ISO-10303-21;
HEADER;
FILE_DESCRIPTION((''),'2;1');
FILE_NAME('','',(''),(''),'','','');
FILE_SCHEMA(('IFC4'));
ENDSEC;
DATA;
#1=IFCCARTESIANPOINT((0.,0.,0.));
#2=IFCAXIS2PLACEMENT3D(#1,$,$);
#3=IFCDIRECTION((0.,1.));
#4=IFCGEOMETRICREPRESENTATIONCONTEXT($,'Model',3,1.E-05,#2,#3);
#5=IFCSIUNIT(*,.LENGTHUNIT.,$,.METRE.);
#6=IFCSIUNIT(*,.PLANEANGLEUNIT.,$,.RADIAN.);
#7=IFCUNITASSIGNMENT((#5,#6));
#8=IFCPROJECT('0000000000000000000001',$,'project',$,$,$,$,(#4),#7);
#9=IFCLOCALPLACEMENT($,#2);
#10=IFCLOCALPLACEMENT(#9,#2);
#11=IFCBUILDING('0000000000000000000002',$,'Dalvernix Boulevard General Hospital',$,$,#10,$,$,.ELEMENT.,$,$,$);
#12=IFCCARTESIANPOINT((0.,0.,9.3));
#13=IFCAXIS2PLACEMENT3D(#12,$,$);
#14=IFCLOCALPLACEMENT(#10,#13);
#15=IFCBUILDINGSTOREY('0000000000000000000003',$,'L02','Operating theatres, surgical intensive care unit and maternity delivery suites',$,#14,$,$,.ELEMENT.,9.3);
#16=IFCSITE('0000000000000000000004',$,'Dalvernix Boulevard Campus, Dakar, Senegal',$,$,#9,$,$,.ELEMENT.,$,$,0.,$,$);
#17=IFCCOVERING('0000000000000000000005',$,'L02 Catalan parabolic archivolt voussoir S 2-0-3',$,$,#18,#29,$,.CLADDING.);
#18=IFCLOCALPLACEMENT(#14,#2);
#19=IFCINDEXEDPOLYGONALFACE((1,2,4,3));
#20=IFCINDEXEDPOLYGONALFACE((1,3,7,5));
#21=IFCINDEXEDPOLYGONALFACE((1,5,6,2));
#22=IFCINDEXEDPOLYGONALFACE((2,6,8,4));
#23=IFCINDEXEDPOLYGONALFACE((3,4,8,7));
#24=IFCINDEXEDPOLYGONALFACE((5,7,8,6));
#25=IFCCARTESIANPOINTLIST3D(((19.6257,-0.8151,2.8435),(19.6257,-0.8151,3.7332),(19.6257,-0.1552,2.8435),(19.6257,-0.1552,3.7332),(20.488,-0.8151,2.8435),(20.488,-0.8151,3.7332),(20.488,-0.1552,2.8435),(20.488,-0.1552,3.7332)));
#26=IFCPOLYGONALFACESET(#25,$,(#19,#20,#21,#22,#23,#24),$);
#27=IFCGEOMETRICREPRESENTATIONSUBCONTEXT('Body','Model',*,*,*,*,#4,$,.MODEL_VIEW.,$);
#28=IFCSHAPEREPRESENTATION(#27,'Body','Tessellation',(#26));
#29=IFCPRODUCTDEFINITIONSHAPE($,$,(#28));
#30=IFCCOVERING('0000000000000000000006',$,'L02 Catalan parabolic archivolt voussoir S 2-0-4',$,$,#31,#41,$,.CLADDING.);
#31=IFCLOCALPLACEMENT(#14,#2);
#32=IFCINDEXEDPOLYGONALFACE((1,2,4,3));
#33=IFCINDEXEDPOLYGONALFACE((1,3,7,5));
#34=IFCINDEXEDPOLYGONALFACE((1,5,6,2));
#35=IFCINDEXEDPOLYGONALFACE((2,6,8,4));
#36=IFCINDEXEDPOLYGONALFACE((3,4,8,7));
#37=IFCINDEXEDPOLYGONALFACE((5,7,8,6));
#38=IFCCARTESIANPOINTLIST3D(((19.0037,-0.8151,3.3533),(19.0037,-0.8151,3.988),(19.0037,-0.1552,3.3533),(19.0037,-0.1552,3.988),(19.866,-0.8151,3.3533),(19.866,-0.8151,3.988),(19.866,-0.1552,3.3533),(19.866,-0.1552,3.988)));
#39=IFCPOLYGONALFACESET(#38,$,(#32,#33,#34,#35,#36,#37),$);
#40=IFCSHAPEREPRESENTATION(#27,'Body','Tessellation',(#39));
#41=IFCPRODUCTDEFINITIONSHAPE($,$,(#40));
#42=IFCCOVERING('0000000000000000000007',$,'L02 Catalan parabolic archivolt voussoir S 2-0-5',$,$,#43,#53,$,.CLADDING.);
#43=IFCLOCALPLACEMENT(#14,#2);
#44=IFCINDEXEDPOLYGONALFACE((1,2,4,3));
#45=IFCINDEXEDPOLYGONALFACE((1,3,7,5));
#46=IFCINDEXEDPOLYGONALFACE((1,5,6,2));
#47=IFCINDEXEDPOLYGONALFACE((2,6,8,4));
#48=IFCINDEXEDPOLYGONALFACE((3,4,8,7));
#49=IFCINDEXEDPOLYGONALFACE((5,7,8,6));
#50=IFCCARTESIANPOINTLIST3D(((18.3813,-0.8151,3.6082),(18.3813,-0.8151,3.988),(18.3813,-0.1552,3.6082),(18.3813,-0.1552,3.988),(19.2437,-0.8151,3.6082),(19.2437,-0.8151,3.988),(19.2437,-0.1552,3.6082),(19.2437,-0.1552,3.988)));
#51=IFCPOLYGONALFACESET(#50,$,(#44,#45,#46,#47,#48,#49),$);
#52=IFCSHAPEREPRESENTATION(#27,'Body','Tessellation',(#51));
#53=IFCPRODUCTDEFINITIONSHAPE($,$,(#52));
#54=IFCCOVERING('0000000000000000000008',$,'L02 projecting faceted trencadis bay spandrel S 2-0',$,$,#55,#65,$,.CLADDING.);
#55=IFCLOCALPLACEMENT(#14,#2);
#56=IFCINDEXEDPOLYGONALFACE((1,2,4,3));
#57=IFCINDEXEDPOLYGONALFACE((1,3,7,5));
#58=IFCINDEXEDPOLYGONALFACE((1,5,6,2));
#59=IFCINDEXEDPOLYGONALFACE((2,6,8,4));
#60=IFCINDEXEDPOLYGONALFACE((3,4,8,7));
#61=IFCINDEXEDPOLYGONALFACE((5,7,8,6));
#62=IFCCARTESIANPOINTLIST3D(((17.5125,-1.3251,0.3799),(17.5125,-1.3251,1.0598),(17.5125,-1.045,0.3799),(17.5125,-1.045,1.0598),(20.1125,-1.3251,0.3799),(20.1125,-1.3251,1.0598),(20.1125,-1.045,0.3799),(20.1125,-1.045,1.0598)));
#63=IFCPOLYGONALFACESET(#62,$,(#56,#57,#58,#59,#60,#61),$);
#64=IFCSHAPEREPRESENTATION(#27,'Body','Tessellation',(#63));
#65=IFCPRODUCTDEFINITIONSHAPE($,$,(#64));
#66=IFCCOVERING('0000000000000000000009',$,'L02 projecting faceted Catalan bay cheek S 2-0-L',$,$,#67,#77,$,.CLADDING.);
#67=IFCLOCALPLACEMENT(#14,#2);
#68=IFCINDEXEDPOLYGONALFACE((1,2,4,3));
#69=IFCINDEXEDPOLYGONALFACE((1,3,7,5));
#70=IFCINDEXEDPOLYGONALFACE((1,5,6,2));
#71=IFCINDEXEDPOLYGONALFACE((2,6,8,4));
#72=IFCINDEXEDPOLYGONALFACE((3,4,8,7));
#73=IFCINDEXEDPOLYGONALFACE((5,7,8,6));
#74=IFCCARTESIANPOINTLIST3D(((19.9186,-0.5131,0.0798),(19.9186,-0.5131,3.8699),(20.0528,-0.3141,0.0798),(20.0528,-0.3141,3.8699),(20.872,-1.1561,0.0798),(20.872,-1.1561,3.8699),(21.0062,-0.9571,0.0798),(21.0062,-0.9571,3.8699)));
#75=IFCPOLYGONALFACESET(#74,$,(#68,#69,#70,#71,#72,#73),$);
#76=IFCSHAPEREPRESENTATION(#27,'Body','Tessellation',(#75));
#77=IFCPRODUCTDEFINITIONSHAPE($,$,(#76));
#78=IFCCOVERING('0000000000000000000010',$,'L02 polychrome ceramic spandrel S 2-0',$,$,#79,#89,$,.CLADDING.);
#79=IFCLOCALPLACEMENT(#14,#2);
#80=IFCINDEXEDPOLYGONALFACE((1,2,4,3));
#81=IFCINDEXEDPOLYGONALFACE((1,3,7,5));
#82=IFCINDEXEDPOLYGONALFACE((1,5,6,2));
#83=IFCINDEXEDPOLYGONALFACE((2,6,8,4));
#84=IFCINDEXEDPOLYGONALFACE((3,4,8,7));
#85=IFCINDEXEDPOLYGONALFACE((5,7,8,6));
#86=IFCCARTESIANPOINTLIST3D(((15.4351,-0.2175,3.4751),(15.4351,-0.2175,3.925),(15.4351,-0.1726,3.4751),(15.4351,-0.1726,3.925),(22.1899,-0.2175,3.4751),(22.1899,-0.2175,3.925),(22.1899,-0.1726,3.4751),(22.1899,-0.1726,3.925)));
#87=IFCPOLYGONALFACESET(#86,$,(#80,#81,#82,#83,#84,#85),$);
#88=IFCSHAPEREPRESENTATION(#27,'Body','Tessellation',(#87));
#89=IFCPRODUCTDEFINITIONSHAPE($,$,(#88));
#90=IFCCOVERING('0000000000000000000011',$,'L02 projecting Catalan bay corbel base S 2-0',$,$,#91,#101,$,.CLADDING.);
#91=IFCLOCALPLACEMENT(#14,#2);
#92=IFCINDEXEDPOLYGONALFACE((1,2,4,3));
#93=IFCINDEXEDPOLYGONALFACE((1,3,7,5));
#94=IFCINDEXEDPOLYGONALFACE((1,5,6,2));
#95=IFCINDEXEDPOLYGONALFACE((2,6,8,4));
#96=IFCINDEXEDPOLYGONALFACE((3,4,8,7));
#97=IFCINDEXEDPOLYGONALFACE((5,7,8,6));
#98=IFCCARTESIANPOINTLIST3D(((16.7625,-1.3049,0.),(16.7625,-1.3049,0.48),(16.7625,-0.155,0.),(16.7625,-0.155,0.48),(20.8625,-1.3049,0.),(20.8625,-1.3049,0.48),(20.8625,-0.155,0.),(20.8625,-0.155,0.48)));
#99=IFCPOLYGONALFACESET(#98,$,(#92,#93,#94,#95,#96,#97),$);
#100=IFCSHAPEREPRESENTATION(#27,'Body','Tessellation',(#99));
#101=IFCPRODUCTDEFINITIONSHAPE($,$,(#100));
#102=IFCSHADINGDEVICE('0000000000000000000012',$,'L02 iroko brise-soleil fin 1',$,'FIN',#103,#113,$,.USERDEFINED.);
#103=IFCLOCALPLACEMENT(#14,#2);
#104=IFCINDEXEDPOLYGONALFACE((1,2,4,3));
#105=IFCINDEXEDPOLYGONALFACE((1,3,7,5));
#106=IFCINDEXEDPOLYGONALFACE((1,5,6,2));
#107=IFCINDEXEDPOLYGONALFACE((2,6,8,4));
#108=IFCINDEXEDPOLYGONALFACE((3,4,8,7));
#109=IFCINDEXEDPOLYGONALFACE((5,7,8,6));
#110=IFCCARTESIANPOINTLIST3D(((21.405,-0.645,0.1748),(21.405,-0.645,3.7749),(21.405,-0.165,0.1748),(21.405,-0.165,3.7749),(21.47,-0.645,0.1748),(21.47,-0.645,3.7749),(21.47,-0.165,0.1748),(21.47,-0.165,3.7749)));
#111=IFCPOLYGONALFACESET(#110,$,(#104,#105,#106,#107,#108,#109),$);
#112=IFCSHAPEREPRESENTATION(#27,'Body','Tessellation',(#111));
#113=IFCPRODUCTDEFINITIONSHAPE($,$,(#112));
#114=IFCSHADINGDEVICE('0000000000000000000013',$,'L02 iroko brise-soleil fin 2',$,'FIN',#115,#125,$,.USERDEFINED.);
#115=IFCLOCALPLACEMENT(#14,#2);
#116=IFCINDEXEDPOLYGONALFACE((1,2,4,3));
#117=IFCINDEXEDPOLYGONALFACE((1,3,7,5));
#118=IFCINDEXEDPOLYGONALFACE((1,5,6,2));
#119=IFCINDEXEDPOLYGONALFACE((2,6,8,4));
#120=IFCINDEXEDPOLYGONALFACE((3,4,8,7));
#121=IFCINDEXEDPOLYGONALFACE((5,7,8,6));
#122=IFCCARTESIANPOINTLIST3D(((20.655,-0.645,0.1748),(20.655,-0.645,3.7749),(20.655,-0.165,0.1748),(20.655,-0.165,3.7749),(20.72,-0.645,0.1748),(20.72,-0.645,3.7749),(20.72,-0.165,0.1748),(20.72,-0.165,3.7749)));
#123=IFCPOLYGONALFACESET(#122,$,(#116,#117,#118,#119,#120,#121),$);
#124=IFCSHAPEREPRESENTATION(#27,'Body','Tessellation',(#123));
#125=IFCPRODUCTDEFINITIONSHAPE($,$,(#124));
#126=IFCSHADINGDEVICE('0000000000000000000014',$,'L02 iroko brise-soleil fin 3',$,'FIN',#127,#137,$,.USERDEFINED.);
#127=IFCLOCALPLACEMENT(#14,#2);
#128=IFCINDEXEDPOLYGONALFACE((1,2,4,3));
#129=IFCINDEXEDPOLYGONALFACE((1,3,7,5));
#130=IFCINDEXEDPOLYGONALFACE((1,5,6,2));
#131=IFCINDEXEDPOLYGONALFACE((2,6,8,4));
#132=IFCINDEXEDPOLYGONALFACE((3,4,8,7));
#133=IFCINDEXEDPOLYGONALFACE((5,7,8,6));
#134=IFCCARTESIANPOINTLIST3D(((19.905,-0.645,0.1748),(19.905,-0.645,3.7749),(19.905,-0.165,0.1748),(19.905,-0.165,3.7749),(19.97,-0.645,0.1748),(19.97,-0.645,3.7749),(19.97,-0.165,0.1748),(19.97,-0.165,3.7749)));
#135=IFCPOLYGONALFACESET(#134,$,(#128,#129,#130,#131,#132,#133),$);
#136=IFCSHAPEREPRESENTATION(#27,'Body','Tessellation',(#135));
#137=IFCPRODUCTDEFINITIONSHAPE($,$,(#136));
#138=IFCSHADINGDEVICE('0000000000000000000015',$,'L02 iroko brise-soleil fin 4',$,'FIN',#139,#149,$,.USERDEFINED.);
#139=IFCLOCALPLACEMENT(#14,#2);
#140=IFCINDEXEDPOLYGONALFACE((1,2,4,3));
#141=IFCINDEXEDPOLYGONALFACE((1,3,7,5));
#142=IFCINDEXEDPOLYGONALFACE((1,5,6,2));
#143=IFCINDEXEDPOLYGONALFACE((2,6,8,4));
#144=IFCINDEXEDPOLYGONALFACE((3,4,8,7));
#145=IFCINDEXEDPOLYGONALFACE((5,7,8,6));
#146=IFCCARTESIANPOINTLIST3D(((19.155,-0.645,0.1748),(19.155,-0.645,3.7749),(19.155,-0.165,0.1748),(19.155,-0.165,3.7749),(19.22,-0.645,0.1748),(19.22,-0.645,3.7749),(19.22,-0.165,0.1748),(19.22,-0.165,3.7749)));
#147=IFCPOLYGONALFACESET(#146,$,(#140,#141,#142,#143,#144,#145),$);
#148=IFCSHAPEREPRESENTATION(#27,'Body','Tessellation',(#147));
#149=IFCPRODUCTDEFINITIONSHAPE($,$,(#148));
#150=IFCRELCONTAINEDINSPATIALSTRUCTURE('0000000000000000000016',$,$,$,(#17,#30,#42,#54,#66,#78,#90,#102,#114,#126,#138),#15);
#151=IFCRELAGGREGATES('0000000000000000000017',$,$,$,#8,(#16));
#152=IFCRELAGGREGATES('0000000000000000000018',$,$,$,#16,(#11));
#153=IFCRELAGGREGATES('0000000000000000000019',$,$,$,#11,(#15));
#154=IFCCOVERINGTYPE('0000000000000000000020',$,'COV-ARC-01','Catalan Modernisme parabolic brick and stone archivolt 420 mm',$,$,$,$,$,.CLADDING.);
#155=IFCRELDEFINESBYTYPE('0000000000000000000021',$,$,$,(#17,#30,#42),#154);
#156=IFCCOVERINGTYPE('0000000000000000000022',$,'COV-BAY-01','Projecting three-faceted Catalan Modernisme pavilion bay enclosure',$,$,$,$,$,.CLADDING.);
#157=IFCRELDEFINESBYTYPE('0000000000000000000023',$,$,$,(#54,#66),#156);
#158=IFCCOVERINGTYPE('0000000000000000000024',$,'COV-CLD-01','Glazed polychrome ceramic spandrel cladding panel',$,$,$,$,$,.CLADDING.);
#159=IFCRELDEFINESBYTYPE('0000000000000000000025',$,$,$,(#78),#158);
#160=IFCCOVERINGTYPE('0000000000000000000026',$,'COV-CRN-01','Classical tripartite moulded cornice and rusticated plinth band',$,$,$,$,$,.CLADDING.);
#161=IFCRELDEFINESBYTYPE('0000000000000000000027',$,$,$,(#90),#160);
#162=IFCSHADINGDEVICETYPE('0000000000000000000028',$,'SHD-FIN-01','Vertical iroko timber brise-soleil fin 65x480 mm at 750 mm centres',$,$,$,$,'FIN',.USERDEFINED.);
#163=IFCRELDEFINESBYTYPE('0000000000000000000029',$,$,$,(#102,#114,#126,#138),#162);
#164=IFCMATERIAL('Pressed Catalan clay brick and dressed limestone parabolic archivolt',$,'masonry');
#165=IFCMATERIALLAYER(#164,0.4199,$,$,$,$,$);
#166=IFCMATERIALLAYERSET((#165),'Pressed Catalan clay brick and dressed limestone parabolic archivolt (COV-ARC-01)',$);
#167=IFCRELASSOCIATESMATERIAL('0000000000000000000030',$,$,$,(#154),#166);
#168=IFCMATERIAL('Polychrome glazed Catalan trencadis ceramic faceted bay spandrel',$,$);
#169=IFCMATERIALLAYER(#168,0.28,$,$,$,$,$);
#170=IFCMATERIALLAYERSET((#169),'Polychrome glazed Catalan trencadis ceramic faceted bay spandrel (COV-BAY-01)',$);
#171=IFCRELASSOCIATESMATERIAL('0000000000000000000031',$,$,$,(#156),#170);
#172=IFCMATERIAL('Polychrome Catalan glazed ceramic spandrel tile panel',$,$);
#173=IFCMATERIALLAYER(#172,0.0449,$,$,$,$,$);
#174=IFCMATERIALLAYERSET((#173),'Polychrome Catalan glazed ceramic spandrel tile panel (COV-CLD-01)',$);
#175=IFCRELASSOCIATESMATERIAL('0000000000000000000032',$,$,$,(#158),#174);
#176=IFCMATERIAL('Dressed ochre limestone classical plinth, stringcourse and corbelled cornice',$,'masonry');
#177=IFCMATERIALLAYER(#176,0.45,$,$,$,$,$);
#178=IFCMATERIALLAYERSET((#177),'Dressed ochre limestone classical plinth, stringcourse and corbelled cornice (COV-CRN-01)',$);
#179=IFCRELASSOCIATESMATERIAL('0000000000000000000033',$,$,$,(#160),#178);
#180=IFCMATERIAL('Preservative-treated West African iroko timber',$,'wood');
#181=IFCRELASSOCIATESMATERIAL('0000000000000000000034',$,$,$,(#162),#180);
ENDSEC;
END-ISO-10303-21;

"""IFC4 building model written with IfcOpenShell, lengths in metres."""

from ifc_helpers import new_model, si_unit, direction, frame, origin, origin_2d, place, context, subcontext, project, spatial, rectangle, extrude, material, layer, layer_set, type_object, element, save


model = new_model("IFC4")

# Units and contexts
model_context = context("Model", 3, precision=1e-05, world=origin(), true_north=direction((0.0, 1.0)))
body_context = subcontext(model_context, "Body", "Model", "MODEL_VIEW")
ifc_project = project(units=[si_unit("LENGTHUNIT", "METRE"), si_unit("PLANEANGLEUNIT", "RADIAN")], contexts=[model_context])

# Site, building, storey
site_placement = place(None, origin())
site = spatial("IfcSite", under=ifc_project, at=site_placement, Name="Dalvernix Boulevard Campus, Dakar, Senegal", CompositionType="ELEMENT", RefElevation=0.0)
building_placement = place(site_placement, origin())
building = spatial("IfcBuilding", under=site, at=building_placement, Name="Dalvernix Boulevard General Hospital", CompositionType="ELEMENT")
storey_placement = place(building_placement, frame((0.0, 0.0, 9.3)))
storey = spatial("IfcBuildingStorey", under=building, at=storey_placement, Name="L02", Description="Operating theatres, surgical intensive care unit and maternity delivery suites", CompositionType="ELEMENT", Elevation=9.3)

# Coverings
ifc_material_1 = material(Name="Pressed Catalan clay brick and dressed limestone parabolic archivolt", Category="masonry")
ifc_layer_1 = layer(ifc_material_1, 0.4199)
ifc_layer_set_1 = layer_set([ifc_layer_1], Name="Pressed Catalan clay brick and dressed limestone parabolic archivolt (COV-ARC-01)")
covering_type_1 = type_object("IfcCoveringType", Name="COV-ARC-01", Description="Catalan Modernisme parabolic brick and stone archivolt 420 mm", PredefinedType="CLADDING", material=ifc_layer_set_1)
covering_1_placement = place(storey_placement, frame((20.0569, -0.4851, 2.8435), z_axis=(0.0, 0.0, 1.0), x_axis=(-1.0, 0.0, 0.0)))
element("IfcCovering", 1, at=covering_1_placement, inside=storey, type_object=covering_type_1, Name="L02 Catalan parabolic archivolt voussoir S 2-0-3", PredefinedType="CLADDING", context=body_context, shape_type="SweptSolid", body=[
    extrude(rectangle(XDim=0.8623, YDim=0.6599, at=origin_2d()), origin(), (0.0, 0.0, 1.0), 0.8896),
])
covering_2_placement = place(storey_placement, frame((19.4348, -0.4851, 3.3533), z_axis=(0.0, 0.0, 1.0), x_axis=(-1.0, 0.0, 0.0)))
element("IfcCovering", 2, at=covering_2_placement, inside=storey, type_object=covering_type_1, Name="L02 Catalan parabolic archivolt voussoir S 2-0-4", PredefinedType="CLADDING", context=body_context, shape_type="SweptSolid", body=[
    extrude(rectangle(XDim=0.8623, YDim=0.6599, at=origin_2d()), origin(), (0.0, 0.0, 1.0), 0.6348),
])
covering_3_placement = place(storey_placement, frame((18.8125, -0.4851, 3.6082), z_axis=(0.0, 0.0, 1.0), x_axis=(-1.0, 0.0, 0.0)))
element("IfcCovering", 3, at=covering_3_placement, inside=storey, type_object=covering_type_1, Name="L02 Catalan parabolic archivolt voussoir S 2-0-5", PredefinedType="CLADDING", context=body_context, shape_type="SweptSolid", body=[
    extrude(rectangle(XDim=0.8623, YDim=0.6599, at=origin_2d()), origin(), (0.0, 0.0, 1.0), 0.3799),
])
ifc_material_2 = material(Name="Polychrome glazed Catalan trencadis ceramic faceted bay spandrel")
ifc_layer_2 = layer(ifc_material_2, 0.28)
ifc_layer_set_2 = layer_set([ifc_layer_2], Name="Polychrome glazed Catalan trencadis ceramic faceted bay spandrel (COV-BAY-01)")
covering_type_2 = type_object("IfcCoveringType", Name="COV-BAY-01", Description="Projecting three-faceted Catalan Modernisme pavilion bay enclosure", PredefinedType="CLADDING", material=ifc_layer_set_2)
covering_4_placement = place(storey_placement, frame((18.8125, -1.1851, 0.3799), z_axis=(0.0, 0.0, 1.0), x_axis=(-1.0, 0.0, 0.0)))
element("IfcCovering", 4, at=covering_4_placement, inside=storey, type_object=covering_type_2, Name="L02 projecting faceted trencadis bay spandrel S 2-0", PredefinedType="CLADDING", context=body_context, shape_type="SweptSolid", body=[
    extrude(rectangle(XDim=2.6001, YDim=0.28, at=origin_2d()), origin(), (0.0, 0.0, 1.0), 0.6799),
])
covering_5_placement = place(storey_placement, frame((20.4624, -0.7351, 0.0798), z_axis=(0.0, 0.0, 1.0), x_axis=(-0.829038, 0.559193, 0.0)))
element("IfcCovering", 5, at=covering_5_placement, inside=storey, type_object=covering_type_2, Name="L02 projecting faceted Catalan bay cheek S 2-0-L", PredefinedType="CLADDING", context=body_context, shape_type="SweptSolid", body=[
    extrude(rectangle(XDim=1.1499, YDim=0.24, at=origin_2d()), origin(), (0.0, 0.0, 1.0), 3.79),
])
ifc_material_3 = material(Name="Polychrome Catalan glazed ceramic spandrel tile panel")
ifc_layer_3 = layer(ifc_material_3, 0.0449)
ifc_layer_set_3 = layer_set([ifc_layer_3], Name="Polychrome Catalan glazed ceramic spandrel tile panel (COV-CLD-01)")
covering_type_3 = type_object("IfcCoveringType", Name="COV-CLD-01", Description="Glazed polychrome ceramic spandrel cladding panel", PredefinedType="CLADDING", material=ifc_layer_set_3)
covering_6_placement = place(storey_placement, frame((18.8125, -0.1951, 3.4751), z_axis=(0.0, 0.0, 1.0), x_axis=(-1.0, 0.0, 0.0)))
element("IfcCovering", 6, at=covering_6_placement, inside=storey, type_object=covering_type_3, Name="L02 polychrome ceramic spandrel S 2-0", PredefinedType="CLADDING", context=body_context, shape_type="SweptSolid", body=[
    extrude(rectangle(XDim=6.7549, YDim=0.0449, at=origin_2d()), origin(), (0.0, 0.0, 1.0), 0.45),
])
ifc_material_4 = material(Name="Dressed ochre limestone classical plinth, stringcourse and corbelled cornice", Category="masonry")
ifc_layer_4 = layer(ifc_material_4, 0.45)
ifc_layer_set_4 = layer_set([ifc_layer_4], Name="Dressed ochre limestone classical plinth, stringcourse and corbelled cornice (COV-CRN-01)")
covering_type_4 = type_object("IfcCoveringType", Name="COV-CRN-01", Description="Classical tripartite moulded cornice and rusticated plinth band", PredefinedType="CLADDING", material=ifc_layer_set_4)
covering_7_placement = place(storey_placement, frame((18.8125, -0.73, 0.0), z_axis=(0.0, 0.0, 1.0), x_axis=(-1.0, 0.0, 0.0)))
element("IfcCovering", 7, at=covering_7_placement, inside=storey, type_object=covering_type_4, Name="L02 projecting Catalan bay corbel base S 2-0", PredefinedType="CLADDING", context=body_context, shape_type="SweptSolid", body=[
    extrude(rectangle(XDim=4.1001, YDim=1.1499, at=origin_2d()), origin(), (0.0, 0.0, 1.0), 0.48),
])

# Shading devices
ifc_material_5 = material(Name="Preservative-treated West African iroko timber", Category="wood")
shading_device_type = type_object("IfcShadingDeviceType", Name="SHD-FIN-01", Description="Vertical iroko timber brise-soleil fin 65x480 mm at 750 mm centres", ElementType="FIN", PredefinedType="USERDEFINED", material=ifc_material_5)
for number, where, z_axis, x_axis, name in (
    (8, (21.4375, -0.405, 0.1748), (0.0, 0.0, 1.0), (-1.0, 0.0, 0.0), "L02 iroko brise-soleil fin 1"),
    (9, (20.6875, -0.405, 0.1748), (0.0, 0.0, 1.0), (-1.0, 0.0, 0.0), "L02 iroko brise-soleil fin 2"),
    (10, (19.9375, -0.405, 0.1748), (0.0, 0.0, 1.0), (-1.0, 0.0, 0.0), "L02 iroko brise-soleil fin 3"),
    (11, (19.1875, -0.405, 0.1748), (0.0, 0.0, 1.0), (-1.0, 0.0, 0.0), "L02 iroko brise-soleil fin 4"),
):
    element("IfcShadingDevice", number, at=place(storey_placement, frame(where, z_axis=z_axis, x_axis=x_axis)), inside=storey, type_object=shading_device_type, Name=name, ObjectType="FIN", PredefinedType="USERDEFINED", context=body_context, shape_type="SweptSolid", body=[
        extrude(rectangle(XDim=0.0649, YDim=0.48, at=origin_2d()), origin(), (0.0, 0.0, 1.0), 3.6001),
    ])

save(model, "model.ifc")
